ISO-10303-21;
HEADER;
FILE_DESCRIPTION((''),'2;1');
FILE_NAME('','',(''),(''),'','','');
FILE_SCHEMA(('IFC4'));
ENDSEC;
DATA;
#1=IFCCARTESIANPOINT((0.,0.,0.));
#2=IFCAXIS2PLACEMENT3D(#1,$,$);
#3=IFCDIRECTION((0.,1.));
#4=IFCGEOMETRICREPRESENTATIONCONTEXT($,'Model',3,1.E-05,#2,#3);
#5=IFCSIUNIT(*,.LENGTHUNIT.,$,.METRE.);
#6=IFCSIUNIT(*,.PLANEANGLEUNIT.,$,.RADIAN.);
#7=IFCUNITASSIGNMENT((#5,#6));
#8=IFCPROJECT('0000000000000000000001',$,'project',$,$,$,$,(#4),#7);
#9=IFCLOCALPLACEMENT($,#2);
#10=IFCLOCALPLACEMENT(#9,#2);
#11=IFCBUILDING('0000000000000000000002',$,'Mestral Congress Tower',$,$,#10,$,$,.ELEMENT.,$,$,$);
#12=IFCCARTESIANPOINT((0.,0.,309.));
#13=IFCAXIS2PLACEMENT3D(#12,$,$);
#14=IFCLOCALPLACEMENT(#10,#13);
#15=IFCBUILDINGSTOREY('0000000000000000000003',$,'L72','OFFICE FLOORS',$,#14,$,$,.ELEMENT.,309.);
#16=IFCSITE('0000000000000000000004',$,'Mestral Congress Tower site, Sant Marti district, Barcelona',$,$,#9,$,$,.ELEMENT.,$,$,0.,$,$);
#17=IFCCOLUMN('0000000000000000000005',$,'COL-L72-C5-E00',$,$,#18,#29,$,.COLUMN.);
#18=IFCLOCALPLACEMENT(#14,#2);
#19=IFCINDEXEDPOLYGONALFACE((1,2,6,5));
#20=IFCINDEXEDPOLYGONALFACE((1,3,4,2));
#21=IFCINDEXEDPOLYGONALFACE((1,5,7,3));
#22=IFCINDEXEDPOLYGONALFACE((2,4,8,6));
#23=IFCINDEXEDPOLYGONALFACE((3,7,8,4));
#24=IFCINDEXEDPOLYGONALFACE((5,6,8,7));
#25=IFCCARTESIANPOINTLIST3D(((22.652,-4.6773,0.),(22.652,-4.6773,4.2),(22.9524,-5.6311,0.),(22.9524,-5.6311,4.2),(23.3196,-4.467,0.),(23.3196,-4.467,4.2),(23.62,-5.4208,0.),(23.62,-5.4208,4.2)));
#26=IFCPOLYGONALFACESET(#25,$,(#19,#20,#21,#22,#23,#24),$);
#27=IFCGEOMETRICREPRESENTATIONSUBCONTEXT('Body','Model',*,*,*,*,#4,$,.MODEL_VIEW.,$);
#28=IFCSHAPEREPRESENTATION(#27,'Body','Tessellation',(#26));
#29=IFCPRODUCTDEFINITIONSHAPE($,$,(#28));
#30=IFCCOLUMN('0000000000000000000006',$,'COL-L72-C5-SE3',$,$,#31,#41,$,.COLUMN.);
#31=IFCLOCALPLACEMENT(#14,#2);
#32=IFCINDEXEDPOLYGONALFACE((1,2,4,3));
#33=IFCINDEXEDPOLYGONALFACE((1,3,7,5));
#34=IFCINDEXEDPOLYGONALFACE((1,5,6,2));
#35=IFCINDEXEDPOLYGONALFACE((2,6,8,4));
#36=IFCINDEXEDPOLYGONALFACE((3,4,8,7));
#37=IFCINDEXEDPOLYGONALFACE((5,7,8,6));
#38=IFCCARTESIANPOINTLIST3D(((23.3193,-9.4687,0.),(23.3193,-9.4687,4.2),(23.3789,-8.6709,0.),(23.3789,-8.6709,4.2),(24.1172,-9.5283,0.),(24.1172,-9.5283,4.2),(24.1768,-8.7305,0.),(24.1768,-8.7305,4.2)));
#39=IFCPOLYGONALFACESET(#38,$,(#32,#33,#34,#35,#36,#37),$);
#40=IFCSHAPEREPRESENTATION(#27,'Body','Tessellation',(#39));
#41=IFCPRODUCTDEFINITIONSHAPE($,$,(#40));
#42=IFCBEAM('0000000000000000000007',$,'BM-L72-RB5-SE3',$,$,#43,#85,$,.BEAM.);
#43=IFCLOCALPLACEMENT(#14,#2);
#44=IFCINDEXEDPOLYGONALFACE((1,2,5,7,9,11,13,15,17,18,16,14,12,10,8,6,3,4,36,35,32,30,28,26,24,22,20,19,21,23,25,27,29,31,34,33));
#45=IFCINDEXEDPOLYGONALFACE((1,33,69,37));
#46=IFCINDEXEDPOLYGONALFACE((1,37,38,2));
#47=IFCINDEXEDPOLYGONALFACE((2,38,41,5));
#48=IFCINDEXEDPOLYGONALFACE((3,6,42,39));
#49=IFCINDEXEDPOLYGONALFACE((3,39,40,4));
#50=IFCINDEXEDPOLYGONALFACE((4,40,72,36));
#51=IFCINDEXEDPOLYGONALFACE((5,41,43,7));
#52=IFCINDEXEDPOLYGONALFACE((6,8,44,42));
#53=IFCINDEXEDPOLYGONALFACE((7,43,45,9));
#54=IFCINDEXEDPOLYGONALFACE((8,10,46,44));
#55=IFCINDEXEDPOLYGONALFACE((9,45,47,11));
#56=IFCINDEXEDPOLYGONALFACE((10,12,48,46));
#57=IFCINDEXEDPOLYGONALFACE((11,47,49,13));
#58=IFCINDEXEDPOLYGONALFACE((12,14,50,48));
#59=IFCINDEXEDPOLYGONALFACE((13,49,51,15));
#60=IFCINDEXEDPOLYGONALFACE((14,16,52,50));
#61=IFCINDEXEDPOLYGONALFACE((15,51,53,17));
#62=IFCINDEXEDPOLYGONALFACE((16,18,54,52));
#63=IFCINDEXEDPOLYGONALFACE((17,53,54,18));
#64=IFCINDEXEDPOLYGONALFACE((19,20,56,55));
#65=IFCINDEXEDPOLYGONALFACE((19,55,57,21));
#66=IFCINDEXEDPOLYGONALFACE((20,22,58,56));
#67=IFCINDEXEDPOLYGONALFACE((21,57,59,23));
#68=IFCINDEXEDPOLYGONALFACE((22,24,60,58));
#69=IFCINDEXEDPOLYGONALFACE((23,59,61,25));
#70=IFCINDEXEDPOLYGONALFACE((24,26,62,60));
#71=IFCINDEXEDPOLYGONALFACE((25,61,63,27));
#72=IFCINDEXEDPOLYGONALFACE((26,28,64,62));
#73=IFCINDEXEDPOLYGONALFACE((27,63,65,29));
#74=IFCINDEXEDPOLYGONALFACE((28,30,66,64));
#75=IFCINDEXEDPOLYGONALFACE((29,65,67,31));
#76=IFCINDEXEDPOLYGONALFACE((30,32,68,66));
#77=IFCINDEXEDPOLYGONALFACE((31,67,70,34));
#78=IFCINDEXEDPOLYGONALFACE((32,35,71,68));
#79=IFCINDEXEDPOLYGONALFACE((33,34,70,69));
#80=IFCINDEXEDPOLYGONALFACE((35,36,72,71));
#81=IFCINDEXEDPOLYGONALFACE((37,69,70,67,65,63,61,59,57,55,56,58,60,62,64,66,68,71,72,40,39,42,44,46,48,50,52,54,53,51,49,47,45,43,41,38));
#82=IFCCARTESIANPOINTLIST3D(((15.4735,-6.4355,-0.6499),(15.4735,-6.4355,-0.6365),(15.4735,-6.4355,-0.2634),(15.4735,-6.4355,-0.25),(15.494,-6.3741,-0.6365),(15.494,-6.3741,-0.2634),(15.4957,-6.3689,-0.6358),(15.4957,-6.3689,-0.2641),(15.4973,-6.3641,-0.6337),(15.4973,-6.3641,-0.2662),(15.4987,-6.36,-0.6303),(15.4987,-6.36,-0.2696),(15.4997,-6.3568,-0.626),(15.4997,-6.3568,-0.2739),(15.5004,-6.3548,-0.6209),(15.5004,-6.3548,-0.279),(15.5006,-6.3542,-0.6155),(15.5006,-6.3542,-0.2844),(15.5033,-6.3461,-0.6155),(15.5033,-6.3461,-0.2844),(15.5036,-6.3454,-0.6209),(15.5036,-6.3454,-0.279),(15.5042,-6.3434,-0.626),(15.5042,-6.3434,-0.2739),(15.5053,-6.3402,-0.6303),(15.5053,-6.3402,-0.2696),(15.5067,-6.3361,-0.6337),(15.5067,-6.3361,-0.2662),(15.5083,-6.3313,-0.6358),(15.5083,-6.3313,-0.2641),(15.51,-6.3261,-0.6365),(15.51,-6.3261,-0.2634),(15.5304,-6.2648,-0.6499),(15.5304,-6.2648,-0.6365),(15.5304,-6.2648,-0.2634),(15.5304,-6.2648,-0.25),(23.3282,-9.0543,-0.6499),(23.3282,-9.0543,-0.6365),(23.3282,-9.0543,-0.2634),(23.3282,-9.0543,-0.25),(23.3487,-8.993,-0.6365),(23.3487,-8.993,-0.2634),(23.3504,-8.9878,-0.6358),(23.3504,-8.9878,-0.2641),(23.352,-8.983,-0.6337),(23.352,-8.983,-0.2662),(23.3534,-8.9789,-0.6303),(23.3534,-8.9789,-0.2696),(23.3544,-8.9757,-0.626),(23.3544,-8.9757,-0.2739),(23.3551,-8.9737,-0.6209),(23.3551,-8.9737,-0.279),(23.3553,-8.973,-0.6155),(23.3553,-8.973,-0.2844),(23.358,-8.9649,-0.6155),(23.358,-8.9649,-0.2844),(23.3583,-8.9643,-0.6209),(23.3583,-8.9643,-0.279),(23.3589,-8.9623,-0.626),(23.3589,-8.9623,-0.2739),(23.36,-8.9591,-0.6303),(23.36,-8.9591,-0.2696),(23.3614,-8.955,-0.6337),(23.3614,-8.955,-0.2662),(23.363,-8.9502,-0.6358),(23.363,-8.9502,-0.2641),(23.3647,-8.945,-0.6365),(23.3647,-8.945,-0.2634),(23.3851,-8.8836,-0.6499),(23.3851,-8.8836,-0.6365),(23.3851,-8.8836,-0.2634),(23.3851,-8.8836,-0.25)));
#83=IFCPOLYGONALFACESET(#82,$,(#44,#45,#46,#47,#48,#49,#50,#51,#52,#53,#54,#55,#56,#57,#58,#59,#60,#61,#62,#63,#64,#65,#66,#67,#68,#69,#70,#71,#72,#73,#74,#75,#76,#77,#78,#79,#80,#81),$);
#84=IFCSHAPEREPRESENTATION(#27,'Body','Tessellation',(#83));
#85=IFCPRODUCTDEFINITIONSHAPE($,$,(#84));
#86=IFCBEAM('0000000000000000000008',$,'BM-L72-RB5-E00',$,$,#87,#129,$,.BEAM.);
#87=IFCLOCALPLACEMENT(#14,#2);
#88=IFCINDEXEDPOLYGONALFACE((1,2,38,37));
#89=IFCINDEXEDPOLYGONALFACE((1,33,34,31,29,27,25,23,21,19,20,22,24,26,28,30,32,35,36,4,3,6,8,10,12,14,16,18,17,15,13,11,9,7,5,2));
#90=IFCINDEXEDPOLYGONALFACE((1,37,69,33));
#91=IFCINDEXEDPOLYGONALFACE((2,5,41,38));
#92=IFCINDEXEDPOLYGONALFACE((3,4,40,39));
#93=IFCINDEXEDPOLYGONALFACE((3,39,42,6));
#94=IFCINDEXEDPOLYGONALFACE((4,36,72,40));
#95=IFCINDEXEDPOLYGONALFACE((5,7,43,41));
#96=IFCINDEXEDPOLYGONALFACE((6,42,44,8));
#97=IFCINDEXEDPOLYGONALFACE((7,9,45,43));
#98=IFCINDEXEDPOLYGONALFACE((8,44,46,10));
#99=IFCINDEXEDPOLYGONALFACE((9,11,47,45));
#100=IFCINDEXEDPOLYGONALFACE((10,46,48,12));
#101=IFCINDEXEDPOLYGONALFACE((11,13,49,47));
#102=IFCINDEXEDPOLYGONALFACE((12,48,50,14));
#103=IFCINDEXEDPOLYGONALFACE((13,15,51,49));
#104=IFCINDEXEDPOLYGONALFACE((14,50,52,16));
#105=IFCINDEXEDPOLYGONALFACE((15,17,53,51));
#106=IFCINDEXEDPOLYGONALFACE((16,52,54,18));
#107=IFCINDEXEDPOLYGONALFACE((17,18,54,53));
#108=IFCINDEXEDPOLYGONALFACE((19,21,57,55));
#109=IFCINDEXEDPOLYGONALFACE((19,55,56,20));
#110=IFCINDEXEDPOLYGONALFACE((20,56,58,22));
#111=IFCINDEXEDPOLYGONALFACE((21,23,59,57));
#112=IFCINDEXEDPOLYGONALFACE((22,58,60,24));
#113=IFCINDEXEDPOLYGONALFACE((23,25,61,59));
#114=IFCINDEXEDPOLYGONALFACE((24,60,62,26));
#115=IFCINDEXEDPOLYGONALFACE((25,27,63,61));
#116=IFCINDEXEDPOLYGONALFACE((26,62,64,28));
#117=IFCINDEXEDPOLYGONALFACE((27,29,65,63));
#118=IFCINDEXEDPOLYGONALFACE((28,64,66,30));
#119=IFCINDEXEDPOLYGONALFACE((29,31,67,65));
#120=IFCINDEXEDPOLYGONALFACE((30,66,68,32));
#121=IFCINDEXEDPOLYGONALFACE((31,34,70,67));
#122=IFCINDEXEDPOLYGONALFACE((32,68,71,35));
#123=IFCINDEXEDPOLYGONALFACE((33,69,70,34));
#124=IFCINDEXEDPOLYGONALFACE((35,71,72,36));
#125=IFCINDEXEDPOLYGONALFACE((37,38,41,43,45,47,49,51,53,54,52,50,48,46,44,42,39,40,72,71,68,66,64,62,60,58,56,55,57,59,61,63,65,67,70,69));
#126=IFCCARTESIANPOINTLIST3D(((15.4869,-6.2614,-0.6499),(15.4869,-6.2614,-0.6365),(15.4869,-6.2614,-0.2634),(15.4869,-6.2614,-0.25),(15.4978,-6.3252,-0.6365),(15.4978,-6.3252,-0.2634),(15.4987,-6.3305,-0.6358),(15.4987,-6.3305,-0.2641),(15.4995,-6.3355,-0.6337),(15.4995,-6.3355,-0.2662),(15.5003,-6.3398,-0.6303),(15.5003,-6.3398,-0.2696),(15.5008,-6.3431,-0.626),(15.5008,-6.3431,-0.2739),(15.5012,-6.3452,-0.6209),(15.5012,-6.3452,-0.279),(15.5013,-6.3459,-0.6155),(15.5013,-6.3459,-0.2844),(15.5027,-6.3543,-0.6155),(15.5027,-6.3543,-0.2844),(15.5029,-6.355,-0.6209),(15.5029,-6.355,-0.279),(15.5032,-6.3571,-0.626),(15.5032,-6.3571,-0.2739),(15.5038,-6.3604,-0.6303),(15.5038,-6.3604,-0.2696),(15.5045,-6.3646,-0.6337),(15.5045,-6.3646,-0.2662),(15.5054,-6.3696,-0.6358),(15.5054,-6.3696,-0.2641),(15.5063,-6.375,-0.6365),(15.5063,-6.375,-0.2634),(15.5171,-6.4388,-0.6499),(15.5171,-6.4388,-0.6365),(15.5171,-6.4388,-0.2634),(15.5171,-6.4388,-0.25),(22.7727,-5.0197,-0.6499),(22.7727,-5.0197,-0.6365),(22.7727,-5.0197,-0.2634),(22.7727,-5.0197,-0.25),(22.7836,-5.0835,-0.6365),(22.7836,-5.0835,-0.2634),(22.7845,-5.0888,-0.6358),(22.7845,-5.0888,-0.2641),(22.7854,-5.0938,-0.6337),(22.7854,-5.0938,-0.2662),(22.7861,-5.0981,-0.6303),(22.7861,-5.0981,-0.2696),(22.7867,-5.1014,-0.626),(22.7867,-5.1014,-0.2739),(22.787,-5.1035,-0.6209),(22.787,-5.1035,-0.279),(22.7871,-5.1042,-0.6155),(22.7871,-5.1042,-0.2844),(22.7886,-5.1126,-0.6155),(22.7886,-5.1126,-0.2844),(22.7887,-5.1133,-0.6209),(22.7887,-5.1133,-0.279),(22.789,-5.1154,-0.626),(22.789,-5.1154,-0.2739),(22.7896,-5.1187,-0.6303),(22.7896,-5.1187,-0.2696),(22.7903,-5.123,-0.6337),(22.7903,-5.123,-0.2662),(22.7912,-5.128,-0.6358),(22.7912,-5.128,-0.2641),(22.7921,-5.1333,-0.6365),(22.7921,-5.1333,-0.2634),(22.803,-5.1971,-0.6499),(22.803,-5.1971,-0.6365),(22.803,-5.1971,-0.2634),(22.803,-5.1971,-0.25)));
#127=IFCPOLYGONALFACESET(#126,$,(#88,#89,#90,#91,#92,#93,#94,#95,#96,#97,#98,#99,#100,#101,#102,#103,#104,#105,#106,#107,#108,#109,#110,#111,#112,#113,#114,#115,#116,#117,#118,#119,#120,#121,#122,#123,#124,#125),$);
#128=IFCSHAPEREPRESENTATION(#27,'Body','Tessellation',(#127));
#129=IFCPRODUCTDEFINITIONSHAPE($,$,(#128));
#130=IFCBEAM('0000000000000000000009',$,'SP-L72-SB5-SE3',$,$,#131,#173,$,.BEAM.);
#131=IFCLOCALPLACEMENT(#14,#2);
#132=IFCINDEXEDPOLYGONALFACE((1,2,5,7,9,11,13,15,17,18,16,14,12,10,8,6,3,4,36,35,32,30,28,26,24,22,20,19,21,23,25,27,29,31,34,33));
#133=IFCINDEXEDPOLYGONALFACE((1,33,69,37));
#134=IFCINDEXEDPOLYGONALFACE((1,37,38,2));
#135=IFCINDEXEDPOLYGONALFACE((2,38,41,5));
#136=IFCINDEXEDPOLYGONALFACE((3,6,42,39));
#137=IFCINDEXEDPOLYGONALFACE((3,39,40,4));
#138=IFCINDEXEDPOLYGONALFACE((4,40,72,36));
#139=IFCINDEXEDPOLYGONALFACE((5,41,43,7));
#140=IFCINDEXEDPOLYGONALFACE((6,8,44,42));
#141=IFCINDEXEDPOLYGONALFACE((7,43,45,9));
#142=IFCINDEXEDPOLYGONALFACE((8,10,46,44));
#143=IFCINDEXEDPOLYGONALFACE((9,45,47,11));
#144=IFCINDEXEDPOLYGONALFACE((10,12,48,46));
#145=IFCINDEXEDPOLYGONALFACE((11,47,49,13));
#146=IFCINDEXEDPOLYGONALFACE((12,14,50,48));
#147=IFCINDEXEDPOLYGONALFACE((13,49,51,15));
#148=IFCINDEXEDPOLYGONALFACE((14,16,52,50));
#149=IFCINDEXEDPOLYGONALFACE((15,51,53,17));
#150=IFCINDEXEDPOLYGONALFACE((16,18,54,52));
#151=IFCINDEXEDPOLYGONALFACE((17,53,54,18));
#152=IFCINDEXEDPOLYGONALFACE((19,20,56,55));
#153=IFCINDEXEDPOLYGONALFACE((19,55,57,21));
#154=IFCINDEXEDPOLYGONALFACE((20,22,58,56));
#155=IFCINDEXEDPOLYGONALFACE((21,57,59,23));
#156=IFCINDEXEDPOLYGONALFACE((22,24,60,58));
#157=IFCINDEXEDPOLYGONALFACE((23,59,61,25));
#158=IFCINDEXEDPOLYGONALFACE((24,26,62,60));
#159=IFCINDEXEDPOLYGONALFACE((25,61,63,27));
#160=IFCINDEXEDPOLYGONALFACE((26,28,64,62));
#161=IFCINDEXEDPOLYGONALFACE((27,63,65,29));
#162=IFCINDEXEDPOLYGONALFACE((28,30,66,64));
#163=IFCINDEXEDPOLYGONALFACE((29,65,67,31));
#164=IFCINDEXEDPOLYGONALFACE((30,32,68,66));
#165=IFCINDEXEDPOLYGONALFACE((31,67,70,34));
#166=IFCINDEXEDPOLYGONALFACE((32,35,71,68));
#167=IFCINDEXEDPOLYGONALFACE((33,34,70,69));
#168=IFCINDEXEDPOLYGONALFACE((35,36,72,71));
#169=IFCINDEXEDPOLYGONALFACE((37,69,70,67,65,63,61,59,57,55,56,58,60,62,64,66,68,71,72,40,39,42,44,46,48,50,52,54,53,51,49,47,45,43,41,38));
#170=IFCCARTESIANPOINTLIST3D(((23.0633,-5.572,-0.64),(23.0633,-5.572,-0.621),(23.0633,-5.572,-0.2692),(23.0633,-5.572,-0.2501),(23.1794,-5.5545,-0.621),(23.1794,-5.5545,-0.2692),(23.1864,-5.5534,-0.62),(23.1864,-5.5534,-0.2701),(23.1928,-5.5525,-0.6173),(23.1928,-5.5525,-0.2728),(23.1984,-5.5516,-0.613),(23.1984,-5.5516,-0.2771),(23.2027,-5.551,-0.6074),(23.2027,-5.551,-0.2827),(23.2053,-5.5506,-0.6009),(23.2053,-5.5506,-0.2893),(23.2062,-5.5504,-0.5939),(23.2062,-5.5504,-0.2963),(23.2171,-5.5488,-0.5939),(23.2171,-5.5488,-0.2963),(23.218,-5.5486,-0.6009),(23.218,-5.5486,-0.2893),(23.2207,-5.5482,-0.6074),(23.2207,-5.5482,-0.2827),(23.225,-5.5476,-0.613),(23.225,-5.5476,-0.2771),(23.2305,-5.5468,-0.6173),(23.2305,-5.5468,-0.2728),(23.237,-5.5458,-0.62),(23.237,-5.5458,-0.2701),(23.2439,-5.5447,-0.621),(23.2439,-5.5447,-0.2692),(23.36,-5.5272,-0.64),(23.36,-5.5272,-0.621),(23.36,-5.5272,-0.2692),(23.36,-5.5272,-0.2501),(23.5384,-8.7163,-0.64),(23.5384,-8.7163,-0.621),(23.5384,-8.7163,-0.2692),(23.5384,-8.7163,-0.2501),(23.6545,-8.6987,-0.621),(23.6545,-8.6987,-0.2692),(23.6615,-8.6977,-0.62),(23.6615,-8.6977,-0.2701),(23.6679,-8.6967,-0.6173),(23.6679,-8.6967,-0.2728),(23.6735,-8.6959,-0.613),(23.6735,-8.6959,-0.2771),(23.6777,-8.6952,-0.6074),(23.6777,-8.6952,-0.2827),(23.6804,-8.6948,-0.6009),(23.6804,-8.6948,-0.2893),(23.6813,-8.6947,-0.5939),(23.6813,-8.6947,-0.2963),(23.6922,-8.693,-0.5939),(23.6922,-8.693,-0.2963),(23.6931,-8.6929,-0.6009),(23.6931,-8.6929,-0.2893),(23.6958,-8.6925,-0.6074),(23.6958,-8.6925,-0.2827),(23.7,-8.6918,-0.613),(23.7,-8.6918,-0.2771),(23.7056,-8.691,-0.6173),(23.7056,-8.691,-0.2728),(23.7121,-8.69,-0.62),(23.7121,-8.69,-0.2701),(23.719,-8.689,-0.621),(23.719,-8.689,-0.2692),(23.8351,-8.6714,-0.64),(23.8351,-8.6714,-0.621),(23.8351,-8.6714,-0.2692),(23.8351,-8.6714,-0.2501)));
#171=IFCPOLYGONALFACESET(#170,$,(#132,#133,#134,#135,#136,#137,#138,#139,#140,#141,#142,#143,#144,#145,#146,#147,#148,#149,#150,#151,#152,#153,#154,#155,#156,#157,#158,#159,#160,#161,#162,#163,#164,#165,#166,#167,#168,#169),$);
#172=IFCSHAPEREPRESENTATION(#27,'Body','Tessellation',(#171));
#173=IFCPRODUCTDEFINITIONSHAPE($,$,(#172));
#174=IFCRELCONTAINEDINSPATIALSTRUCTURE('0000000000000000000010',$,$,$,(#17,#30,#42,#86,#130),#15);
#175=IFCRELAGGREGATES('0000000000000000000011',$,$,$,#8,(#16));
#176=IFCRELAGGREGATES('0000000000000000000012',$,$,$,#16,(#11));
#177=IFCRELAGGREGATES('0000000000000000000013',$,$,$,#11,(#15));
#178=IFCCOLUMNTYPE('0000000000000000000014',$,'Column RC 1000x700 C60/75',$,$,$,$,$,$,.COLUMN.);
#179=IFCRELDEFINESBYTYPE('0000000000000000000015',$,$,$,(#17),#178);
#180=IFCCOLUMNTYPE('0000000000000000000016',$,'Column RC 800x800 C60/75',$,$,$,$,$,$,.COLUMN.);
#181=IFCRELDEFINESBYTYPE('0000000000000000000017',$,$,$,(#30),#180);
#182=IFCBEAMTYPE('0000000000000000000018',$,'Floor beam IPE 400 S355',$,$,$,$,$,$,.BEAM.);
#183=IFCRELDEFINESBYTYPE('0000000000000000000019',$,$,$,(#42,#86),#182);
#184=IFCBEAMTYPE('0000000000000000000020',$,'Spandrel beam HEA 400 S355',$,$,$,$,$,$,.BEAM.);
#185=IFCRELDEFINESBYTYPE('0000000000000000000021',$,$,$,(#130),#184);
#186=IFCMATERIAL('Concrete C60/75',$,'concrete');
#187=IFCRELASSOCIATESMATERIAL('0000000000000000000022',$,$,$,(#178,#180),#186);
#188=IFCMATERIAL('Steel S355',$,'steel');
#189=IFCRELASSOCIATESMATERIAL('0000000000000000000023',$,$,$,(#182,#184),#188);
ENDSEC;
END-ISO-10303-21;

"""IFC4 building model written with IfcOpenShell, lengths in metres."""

from ifc_helpers import new_model, si_unit, direction, frame, origin, origin_2d, place, context, subcontext, project, spatial, rectangle, i_section, extrude, material, material_profile, profile_set, type_object, element, save


model = new_model("IFC4")

# Units and contexts
model_context = context("Model", 3, precision=1e-05, world=origin(), true_north=direction((0.0, 1.0)))
body_context = subcontext(model_context, "Body", "Model", "MODEL_VIEW")
ifc_project = project(units=[si_unit("LENGTHUNIT", "METRE"), si_unit("PLANEANGLEUNIT", "RADIAN")], contexts=[model_context])

# Site, building, storey
site_placement = place(None, origin())
site = spatial("IfcSite", under=ifc_project, at=site_placement, Name="Mestral Congress Tower site, Sant Marti district, Barcelona", CompositionType="ELEMENT", RefElevation=0.0)
building_placement = place(site_placement, origin())
building = spatial("IfcBuilding", under=site, at=building_placement, Name="Mestral Congress Tower", CompositionType="ELEMENT")
storey_placement = place(building_placement, frame((0.0, 0.0, 309.0)))
storey = spatial("IfcBuildingStorey", under=building, at=storey_placement, Name="L72", Description="OFFICE FLOORS", CompositionType="ELEMENT", Elevation=309.0)

# Columns
ifc_material_1 = material(Name="Concrete C60/75", Category="concrete")
ifc_material_profile_1 = material_profile(ifc_material_1, rectangle(XDim=1.0, YDim=0.7, at=origin_2d()), Name="RC 1000x700")
ifc_profile_set_1 = profile_set([ifc_material_profile_1], Name="Concrete C60/75")
column_type_1 = type_object("IfcColumnType", Name="Column RC 1000x700 C60/75", PredefinedType="COLUMN", material=ifc_profile_set_1)
column_1_placement = place(storey_placement, frame((23.136, -5.0491, 0.0), z_axis=(0.0, 0.0, 1.0), x_axis=(-0.300431, 0.953804, 0.0)))
element("IfcColumn", 1, at=column_1_placement, inside=storey, type_object=column_type_1, Name="COL-L72-C5-E00", PredefinedType="COLUMN", context=body_context, shape_type="SweptSolid", body=[
    extrude(rectangle(XDim=1.0, YDim=0.7, at=origin_2d()), origin(), (0.0, 0.0, 1.0), 4.2),
])
ifc_material_profile_2 = material_profile(ifc_material_1, rectangle(XDim=0.8, YDim=0.8, at=origin_2d()), Name="RC 800x800")
ifc_profile_set_2 = profile_set([ifc_material_profile_2], Name="Concrete C60/75")
column_type_2 = type_object("IfcColumnType", Name="Column RC 800x800 C60/75", PredefinedType="COLUMN", material=ifc_profile_set_2)
column_2_placement = place(storey_placement, frame((23.748, -9.0996, 0.0), z_axis=(0.0, 0.0, 1.0), x_axis=(0.074511, 0.99722, 0.0)))
element("IfcColumn", 2, at=column_2_placement, inside=storey, type_object=column_type_2, Name="COL-L72-C5-SE3", PredefinedType="COLUMN", context=body_context, shape_type="SweptSolid", body=[
    extrude(rectangle(XDim=0.8, YDim=0.8, at=origin_2d()), origin(), (0.0, 0.0, 1.0), 4.2),
])

# Beams
ifc_material_2 = material(Name="Steel S355", Category="steel")
ifc_material_profile_3 = material_profile(ifc_material_2, i_section(OverallWidth=0.1799, OverallDepth=0.3999, WebThickness=0.0085, FlangeThickness=0.0134, FilletRadius=0.021, at=origin_2d()), Name="IPE 400")
ifc_profile_set_3 = profile_set([ifc_material_profile_3], Name="Steel S355")
beam_type_1 = type_object("IfcBeamType", Name="Floor beam IPE 400 S355", PredefinedType="BEAM", material=ifc_profile_set_3)
beam_1_placement = place(storey_placement, frame((23.3567, -8.969, -0.45), z_axis=(-0.94866, 0.316299, 0.0), x_axis=(-0.316299, -0.94866, 0.0)))
element("IfcBeam", 3, at=beam_1_placement, inside=storey, type_object=beam_type_1, Name="BM-L72-RB5-SE3", PredefinedType="BEAM", context=body_context, shape_type="SweptSolid", body=[
    extrude(i_section(OverallWidth=0.1799, OverallDepth=0.3999, WebThickness=0.0085, FlangeThickness=0.0134, FilletRadius=0.021, at=origin_2d()), origin(), (0.0, 0.0, 1.0), 8.2798),
])
beam_2_placement = place(storey_placement, frame((22.7878, -5.1084, -0.45), z_axis=(-0.985787, -0.168003, 0.0), x_axis=(0.168003, -0.985787, 0.0)))
element("IfcBeam", 4, at=beam_2_placement, inside=storey, type_object=beam_type_1, Name="BM-L72-RB5-E00", PredefinedType="BEAM", context=body_context, shape_type="SweptSolid", body=[
    extrude(i_section(OverallWidth=0.1799, OverallDepth=0.3999, WebThickness=0.0085, FlangeThickness=0.0134, FilletRadius=0.021, at=origin_2d()), origin(), (0.0, 0.0, 1.0), 7.3909),
])
ifc_material_profile_4 = material_profile(ifc_material_2, i_section(OverallWidth=0.3, OverallDepth=0.3899, WebThickness=0.011, FlangeThickness=0.019, FilletRadius=0.0271, at=origin_2d()), Name="HEA 400")
ifc_profile_set_4 = profile_set([ifc_material_profile_4], Name="Steel S355")
beam_type_2 = type_object("IfcBeamType", Name="Spandrel beam HEA 400 S355", PredefinedType="BEAM", material=ifc_profile_set_4)
beam_3_placement = place(storey_placement, frame((23.6868, -8.6938, -0.4451), z_axis=(-0.149403, 0.988776, 0.0), x_axis=(-0.988776, -0.149403, 0.0)))
element("IfcBeam", 5, at=beam_3_placement, inside=storey, type_object=beam_type_2, Name="SP-L72-SB5-SE3", PredefinedType="BEAM", context=body_context, shape_type="SweptSolid", body=[
    extrude(i_section(OverallWidth=0.3, OverallDepth=0.3899, WebThickness=0.011, FlangeThickness=0.019, FilletRadius=0.0271, at=origin_2d()), origin(), (0.0, 0.0, 1.0), 3.1799),
])

save(model, "model.ifc")
